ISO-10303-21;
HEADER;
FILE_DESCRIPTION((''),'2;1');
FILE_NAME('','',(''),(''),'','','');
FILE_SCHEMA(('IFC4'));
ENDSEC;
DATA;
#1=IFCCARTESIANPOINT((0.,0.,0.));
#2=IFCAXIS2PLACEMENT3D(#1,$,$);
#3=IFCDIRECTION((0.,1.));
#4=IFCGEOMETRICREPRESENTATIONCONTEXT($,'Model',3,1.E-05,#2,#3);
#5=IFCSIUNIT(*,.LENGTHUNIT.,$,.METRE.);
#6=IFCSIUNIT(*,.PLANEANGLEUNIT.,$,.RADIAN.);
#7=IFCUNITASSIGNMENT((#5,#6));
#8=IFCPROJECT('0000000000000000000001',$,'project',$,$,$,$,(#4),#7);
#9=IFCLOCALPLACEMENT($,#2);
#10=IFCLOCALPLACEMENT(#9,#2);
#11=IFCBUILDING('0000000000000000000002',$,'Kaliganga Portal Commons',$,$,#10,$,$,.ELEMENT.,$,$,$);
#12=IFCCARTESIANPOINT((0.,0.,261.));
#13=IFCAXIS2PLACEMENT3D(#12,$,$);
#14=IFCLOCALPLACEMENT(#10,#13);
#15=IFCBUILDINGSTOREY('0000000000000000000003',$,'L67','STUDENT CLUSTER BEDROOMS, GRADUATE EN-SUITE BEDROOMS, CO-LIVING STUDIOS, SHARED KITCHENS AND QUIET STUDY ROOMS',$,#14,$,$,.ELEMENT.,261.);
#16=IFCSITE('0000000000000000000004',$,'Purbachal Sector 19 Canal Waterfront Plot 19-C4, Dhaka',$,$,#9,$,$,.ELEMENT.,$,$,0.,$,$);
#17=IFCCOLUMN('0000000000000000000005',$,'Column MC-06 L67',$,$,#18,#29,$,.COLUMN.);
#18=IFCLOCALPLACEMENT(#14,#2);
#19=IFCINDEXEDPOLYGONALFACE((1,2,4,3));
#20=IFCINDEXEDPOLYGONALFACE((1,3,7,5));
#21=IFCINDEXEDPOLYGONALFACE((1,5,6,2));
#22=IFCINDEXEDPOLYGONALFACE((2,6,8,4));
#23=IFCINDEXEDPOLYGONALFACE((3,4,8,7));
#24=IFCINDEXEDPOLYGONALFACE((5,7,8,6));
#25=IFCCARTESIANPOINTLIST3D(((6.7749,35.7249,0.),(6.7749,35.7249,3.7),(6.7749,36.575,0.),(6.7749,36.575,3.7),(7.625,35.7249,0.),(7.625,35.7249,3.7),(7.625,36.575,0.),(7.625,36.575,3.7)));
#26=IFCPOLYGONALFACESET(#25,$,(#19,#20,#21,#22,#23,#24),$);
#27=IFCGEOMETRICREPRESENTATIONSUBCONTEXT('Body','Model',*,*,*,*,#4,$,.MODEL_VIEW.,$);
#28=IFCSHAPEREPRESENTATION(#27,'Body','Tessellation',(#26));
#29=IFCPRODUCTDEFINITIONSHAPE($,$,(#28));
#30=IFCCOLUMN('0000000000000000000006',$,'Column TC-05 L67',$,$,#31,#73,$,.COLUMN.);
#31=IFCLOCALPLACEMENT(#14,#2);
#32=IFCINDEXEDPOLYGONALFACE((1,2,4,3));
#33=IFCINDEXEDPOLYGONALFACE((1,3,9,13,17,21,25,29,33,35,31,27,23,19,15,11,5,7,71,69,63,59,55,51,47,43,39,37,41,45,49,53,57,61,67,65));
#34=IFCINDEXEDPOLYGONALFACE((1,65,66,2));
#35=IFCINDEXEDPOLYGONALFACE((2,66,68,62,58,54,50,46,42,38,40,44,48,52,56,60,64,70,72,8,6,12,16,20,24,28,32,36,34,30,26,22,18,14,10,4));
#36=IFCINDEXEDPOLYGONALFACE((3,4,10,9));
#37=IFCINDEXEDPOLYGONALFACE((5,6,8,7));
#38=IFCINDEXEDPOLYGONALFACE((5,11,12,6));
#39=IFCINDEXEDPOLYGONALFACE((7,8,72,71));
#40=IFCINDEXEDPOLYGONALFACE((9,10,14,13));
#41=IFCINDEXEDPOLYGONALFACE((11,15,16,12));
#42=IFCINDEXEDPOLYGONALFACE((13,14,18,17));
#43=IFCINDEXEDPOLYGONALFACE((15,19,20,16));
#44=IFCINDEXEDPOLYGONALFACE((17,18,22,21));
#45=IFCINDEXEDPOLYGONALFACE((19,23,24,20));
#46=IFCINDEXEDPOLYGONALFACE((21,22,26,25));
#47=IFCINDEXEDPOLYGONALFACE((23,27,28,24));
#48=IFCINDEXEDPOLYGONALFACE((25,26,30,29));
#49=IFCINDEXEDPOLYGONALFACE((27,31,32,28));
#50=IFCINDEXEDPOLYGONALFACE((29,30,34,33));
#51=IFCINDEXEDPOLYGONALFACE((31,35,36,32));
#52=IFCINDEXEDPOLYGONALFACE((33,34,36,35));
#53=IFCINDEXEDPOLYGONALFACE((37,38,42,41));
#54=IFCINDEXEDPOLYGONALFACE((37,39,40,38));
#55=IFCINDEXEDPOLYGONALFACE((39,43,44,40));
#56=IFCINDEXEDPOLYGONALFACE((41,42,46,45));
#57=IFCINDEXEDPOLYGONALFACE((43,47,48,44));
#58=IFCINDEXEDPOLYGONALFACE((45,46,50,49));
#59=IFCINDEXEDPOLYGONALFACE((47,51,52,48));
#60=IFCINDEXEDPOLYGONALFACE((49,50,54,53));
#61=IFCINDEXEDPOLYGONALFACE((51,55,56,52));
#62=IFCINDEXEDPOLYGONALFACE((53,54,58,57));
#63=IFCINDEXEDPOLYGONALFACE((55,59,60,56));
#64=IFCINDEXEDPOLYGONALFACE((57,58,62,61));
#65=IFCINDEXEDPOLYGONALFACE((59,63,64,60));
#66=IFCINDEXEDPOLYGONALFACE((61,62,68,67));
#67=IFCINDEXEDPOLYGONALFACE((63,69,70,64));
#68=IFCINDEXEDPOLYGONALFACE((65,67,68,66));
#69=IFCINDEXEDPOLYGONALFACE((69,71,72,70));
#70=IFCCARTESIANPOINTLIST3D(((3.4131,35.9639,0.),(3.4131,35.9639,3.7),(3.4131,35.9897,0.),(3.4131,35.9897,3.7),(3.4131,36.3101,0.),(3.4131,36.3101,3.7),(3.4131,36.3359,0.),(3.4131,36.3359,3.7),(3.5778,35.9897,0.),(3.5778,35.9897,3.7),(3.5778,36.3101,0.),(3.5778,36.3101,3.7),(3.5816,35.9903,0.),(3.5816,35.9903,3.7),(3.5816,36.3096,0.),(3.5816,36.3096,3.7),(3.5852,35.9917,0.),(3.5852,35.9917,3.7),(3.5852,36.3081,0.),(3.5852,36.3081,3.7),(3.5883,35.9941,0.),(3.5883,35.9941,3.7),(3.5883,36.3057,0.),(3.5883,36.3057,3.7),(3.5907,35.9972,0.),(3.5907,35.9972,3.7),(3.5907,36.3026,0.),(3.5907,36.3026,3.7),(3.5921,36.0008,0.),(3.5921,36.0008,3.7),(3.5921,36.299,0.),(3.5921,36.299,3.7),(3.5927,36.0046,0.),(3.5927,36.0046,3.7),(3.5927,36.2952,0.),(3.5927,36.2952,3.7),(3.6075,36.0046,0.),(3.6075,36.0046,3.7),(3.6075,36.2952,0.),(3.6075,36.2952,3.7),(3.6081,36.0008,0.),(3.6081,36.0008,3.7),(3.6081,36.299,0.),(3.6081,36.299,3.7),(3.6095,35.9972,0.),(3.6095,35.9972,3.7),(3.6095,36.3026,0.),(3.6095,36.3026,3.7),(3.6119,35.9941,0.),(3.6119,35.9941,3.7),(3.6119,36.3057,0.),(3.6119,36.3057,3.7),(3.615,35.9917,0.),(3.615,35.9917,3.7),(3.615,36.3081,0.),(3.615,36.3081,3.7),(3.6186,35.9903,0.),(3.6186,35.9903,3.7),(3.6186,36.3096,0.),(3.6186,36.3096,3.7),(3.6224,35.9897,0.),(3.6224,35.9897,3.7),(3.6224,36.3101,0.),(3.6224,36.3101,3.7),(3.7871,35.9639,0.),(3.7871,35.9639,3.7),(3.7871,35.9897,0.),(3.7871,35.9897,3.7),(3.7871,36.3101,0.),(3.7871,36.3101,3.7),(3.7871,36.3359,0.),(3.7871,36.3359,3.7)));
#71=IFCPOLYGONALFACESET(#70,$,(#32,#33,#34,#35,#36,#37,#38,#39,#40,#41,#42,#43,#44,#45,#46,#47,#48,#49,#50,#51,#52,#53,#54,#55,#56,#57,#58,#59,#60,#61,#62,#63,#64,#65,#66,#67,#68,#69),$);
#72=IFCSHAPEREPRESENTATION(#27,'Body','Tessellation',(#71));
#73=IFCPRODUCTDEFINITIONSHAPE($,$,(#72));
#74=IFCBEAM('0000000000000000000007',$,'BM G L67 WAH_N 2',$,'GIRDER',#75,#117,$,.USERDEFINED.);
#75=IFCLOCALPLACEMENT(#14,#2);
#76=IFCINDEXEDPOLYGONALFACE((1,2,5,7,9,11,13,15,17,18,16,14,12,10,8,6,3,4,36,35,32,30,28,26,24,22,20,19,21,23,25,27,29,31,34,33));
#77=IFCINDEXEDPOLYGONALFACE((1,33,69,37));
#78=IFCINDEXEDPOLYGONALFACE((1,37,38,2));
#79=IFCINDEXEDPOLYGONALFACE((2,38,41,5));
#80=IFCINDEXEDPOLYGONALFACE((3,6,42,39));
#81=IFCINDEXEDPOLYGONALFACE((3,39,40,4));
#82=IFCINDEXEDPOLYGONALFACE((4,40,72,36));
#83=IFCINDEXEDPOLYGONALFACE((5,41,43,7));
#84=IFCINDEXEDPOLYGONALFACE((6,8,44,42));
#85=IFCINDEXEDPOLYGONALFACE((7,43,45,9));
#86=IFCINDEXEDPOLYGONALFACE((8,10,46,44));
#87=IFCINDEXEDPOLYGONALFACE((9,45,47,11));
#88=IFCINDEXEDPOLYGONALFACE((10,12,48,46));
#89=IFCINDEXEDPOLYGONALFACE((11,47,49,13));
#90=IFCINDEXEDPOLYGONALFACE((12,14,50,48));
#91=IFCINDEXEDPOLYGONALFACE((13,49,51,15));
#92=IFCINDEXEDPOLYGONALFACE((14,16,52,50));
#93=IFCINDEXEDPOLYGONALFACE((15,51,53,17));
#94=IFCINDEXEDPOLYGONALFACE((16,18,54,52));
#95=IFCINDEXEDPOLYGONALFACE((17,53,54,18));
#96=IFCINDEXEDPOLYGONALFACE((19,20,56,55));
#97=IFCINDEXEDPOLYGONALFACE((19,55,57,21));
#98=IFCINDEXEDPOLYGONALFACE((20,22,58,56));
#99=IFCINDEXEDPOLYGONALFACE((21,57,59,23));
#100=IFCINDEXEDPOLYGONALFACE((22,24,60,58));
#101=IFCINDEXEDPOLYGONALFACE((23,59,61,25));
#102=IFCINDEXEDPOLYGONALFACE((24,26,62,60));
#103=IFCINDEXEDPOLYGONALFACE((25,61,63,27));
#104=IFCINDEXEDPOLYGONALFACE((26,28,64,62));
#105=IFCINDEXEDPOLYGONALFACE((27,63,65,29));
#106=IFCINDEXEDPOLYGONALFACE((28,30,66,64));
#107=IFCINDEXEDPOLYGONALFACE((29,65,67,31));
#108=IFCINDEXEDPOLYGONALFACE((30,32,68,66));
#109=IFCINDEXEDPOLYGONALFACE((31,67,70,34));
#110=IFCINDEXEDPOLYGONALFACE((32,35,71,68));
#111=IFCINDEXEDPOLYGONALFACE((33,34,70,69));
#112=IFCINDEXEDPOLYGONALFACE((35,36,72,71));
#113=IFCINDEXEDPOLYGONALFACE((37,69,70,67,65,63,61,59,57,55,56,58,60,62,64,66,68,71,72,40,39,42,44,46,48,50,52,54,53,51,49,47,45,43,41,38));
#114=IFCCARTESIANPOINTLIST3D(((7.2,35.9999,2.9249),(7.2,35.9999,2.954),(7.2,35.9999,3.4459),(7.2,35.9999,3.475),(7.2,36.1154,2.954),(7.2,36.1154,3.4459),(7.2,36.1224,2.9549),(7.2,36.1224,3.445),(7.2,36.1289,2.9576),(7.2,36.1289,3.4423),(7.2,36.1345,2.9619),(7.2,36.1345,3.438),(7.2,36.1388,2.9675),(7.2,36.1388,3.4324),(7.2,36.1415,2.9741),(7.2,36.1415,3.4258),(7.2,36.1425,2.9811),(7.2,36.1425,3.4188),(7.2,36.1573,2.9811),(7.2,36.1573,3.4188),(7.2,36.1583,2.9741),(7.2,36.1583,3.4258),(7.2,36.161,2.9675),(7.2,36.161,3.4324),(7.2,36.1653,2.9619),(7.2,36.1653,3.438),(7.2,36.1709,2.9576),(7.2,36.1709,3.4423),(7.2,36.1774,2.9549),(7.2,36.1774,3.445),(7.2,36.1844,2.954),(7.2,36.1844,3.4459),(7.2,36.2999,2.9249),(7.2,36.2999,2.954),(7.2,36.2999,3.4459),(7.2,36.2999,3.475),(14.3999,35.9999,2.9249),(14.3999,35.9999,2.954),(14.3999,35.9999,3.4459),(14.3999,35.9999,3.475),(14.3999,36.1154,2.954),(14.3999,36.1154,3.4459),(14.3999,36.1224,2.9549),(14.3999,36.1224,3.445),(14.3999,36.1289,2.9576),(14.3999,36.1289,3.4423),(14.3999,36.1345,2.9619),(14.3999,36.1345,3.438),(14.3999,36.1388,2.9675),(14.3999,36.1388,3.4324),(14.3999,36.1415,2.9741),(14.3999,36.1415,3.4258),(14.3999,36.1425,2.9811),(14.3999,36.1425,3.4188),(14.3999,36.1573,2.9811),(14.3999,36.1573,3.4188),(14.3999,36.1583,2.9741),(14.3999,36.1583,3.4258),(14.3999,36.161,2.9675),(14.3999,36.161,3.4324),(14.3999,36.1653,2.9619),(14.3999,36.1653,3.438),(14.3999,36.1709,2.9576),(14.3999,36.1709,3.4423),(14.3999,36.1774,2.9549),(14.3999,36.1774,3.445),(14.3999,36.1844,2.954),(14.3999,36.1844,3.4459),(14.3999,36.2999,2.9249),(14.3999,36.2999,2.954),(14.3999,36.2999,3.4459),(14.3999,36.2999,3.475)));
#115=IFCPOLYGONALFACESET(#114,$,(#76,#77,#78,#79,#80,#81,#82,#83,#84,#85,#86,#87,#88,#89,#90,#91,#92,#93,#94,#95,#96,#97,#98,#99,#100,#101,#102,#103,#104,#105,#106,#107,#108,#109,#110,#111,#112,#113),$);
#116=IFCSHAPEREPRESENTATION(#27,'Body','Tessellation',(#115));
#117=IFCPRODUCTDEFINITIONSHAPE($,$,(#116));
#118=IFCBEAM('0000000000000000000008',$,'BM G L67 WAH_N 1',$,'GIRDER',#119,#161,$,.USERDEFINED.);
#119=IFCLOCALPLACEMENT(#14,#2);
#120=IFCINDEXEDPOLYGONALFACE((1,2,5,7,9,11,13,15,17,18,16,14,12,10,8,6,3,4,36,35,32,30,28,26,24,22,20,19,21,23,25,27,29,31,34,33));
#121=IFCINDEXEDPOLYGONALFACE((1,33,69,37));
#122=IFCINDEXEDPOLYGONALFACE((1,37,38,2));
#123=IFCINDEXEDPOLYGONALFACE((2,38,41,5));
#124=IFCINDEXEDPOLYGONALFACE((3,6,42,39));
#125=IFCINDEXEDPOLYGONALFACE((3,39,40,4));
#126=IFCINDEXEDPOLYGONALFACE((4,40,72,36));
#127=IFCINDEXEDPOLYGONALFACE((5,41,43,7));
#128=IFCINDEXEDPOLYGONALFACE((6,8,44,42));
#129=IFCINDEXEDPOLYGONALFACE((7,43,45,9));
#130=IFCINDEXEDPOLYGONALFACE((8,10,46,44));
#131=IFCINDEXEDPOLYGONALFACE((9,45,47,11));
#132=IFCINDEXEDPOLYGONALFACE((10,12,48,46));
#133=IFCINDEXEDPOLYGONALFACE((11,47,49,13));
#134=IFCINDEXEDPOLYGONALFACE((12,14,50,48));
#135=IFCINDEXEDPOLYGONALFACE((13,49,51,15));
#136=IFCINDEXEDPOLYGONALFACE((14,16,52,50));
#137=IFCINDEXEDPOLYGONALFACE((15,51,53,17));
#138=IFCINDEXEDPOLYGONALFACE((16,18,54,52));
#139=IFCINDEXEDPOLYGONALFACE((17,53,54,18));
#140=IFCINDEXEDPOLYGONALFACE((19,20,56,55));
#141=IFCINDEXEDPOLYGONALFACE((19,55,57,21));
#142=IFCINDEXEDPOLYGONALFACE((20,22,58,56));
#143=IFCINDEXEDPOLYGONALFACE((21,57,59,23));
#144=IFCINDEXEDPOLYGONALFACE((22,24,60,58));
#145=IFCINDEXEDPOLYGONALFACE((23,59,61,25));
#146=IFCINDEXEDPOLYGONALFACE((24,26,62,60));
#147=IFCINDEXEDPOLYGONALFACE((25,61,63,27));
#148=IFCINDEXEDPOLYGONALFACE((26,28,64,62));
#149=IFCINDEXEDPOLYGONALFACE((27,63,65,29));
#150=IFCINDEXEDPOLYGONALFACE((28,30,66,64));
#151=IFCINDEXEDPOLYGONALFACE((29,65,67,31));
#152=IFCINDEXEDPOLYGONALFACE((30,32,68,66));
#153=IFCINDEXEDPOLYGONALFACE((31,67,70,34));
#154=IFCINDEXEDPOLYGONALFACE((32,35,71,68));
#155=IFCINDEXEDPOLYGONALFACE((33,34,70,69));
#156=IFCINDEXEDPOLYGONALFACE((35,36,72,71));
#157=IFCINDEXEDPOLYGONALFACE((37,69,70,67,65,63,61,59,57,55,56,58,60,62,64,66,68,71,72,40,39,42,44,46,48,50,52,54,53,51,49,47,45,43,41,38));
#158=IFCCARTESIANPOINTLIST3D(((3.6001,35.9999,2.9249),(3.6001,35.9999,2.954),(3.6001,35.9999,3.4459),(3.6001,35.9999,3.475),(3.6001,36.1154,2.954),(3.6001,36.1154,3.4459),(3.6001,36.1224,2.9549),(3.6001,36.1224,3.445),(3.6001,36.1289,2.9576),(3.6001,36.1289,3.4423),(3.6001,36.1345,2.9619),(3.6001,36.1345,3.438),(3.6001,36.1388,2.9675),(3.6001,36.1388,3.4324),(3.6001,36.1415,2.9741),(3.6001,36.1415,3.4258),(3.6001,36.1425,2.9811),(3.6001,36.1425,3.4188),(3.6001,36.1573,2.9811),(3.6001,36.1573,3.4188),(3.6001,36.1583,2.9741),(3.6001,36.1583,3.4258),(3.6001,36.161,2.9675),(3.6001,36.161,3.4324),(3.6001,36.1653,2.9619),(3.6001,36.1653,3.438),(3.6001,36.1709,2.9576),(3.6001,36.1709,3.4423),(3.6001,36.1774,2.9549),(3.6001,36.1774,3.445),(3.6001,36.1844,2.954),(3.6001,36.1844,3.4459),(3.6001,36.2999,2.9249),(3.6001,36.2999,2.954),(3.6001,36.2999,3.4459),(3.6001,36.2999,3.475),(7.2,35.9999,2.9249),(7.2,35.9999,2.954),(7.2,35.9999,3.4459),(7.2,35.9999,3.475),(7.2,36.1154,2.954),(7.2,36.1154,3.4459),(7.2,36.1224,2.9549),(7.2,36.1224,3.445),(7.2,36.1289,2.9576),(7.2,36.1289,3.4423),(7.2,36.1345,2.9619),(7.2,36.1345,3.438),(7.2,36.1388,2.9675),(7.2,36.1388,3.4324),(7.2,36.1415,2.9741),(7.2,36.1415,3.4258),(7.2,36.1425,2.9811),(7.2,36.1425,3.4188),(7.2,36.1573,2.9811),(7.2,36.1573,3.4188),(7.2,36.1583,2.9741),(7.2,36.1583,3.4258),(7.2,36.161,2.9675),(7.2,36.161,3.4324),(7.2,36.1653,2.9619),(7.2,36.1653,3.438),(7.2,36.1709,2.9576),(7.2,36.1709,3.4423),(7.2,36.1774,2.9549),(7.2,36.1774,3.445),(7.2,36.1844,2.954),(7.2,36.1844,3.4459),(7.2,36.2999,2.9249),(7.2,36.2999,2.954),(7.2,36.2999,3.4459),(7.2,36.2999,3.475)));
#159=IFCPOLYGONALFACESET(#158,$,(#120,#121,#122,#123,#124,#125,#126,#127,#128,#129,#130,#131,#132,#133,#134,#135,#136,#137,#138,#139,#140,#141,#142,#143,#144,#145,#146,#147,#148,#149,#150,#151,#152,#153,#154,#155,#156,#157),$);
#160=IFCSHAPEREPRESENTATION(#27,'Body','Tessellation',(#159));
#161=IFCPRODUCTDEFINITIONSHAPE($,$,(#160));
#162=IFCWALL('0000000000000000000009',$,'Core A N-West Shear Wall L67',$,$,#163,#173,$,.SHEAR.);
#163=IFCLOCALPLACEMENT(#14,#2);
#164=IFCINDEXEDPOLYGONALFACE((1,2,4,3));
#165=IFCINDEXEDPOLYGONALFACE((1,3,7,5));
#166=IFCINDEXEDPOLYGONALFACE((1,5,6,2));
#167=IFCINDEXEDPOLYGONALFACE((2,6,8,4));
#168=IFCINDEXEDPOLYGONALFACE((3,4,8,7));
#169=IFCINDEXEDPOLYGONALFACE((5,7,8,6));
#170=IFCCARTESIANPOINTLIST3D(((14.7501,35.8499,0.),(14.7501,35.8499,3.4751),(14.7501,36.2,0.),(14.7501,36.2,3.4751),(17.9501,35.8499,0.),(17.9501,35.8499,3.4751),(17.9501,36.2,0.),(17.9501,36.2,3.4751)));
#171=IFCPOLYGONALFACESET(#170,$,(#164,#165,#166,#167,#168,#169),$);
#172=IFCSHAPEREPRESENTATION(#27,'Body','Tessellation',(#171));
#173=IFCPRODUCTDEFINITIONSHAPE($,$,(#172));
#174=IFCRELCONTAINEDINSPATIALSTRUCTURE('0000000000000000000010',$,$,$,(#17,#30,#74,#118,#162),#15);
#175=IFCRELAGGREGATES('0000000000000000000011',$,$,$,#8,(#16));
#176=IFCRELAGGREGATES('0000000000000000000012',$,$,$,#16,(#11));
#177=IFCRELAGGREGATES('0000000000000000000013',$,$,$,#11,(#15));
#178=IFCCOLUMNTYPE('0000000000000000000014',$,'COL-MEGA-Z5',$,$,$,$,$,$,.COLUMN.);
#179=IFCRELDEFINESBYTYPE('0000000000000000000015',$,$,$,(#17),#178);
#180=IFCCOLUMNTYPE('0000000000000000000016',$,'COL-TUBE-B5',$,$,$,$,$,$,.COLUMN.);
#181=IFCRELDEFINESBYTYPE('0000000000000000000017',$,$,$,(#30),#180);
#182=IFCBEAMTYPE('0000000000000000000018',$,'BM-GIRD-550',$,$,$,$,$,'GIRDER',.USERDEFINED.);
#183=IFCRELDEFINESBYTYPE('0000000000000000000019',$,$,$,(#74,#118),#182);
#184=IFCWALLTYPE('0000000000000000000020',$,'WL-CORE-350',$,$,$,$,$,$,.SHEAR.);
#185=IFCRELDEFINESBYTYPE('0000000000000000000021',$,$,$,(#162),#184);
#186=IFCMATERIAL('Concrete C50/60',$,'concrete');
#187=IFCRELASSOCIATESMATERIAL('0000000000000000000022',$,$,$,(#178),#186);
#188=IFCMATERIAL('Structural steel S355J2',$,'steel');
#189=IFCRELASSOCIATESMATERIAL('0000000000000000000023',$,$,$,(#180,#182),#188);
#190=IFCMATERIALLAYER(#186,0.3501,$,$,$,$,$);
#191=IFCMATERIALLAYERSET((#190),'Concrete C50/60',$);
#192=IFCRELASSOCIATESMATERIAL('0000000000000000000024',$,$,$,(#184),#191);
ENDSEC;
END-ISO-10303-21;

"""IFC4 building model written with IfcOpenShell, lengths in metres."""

from ifc_helpers import new_model, si_unit, direction, frame, frame_2d, origin, origin_2d, place, context, subcontext, project, spatial, rectangle, i_section, extrude, source, transform, mapped, material, layer, layer_set, material_profile, profile_set, type_object, element, save


model = new_model("IFC4")

# Units and contexts
model_context = context("Model", 3, precision=1e-05, world=origin(), true_north=direction((0.0, 1.0)))
body_context = subcontext(model_context, "Body", "Model", "MODEL_VIEW")
ifc_project = project(units=[si_unit("LENGTHUNIT", "METRE"), si_unit("PLANEANGLEUNIT", "RADIAN")], contexts=[model_context])

# Site, building, storey
site_placement = place(None, origin())
site = spatial("IfcSite", under=ifc_project, at=site_placement, Name="Purbachal Sector 19 Canal Waterfront Plot 19-C4, Dhaka", CompositionType="ELEMENT", RefElevation=0.0)
building_placement = place(site_placement, origin())
building = spatial("IfcBuilding", under=site, at=building_placement, Name="Kaliganga Portal Commons", CompositionType="ELEMENT")
storey_placement = place(building_placement, frame((0.0, 0.0, 261.0)))
storey = spatial("IfcBuildingStorey", under=building, at=storey_placement, Name="L67", Description="STUDENT CLUSTER BEDROOMS, GRADUATE EN-SUITE BEDROOMS, CO-LIVING STUDIOS, SHARED KITCHENS AND QUIET STUDY ROOMS", CompositionType="ELEMENT", Elevation=261.0)

# Columns
ifc_material_1 = material(Name="Concrete C50/60", Category="concrete")
ifc_material_profile_1 = material_profile(ifc_material_1, rectangle(XDim=0.8501, YDim=0.8501, at=origin_2d()), Name="RC 850x850")
ifc_profile_set_1 = profile_set([ifc_material_profile_1], Name="Concrete C50/60")
column_type_1 = type_object("IfcColumnType", Name="COL-MEGA-Z5", PredefinedType="COLUMN", material=ifc_profile_set_1)
shared_shape_1 = source(origin(), body_context, "Body", "SweptSolid", [
    extrude(rectangle(XDim=0.8501, YDim=0.8501, at=origin_2d()), origin(), (0.0, 0.0, 1.0), 3.7),
])
column_1_placement = place(storey_placement, frame((7.2, 36.1499, 0.0), z_axis=(0.0, 0.0, 1.0), x_axis=(1.0, 0.0, 0.0)))
element("IfcColumn", 1, at=column_1_placement, inside=storey, type_object=column_type_1, Name="Column MC-06 L67", PredefinedType="COLUMN", context=body_context, shape_type="MappedRepresentation", body=[
    mapped(shared_shape_1, transform((0.0, 0.0, 0.0), x_axis=(1.0, 0.0, 0.0), y_axis=(0.0, 1.0, 0.0), z_axis=(0.0, 0.0, 1.0), scale=1.0)),
])
ifc_material_2 = material(Name="Structural steel S355J2", Category="steel")
ifc_material_profile_2 = material_profile(ifc_material_2, i_section(OverallWidth=0.374, OverallDepth=0.3721, WebThickness=0.0149, FlangeThickness=0.0259, FilletRadius=0.0149, at=origin_2d()), Name="HD 360x196")
ifc_profile_set_2 = profile_set([ifc_material_profile_2], Name="Structural steel S355J2 wide-flange")
column_type_2 = type_object("IfcColumnType", Name="COL-TUBE-B5", PredefinedType="COLUMN", material=ifc_profile_set_2)
shared_shape_2 = source(origin(), body_context, "Body", "SweptSolid", [
    extrude(i_section(OverallWidth=0.374, OverallDepth=0.3721, WebThickness=0.0149, FlangeThickness=0.0259, FilletRadius=0.0149, at=origin_2d()), origin(), (0.0, 0.0, 1.0), 3.7),
])
column_2_placement = place(storey_placement, frame((3.6001, 36.1499, 0.0), z_axis=(0.0, 0.0, 1.0), x_axis=(1.0, 0.0, 0.0)))
element("IfcColumn", 2, at=column_2_placement, inside=storey, type_object=column_type_2, Name="Column TC-05 L67", PredefinedType="COLUMN", context=body_context, shape_type="MappedRepresentation", body=[
    mapped(shared_shape_2, transform((0.0, 0.0, 0.0), x_axis=(1.0, 0.0, 0.0), y_axis=(0.0, 1.0, 0.0), z_axis=(0.0, 0.0, 1.0), scale=1.0)),
])

# Beams
ifc_material_profile_3 = material_profile(ifc_material_2, i_section(OverallWidth=0.3, OverallDepth=0.55, WebThickness=0.0149, FlangeThickness=0.0291, FilletRadius=0.0271, at=origin_2d()), Name="HE 550 B")
ifc_profile_set_3 = profile_set([ifc_material_profile_3], Name="Structural steel S355J2 wide-flange")
beam_type = type_object("IfcBeamType", Name="BM-GIRD-550", ElementType="GIRDER", PredefinedType="USERDEFINED", material=ifc_profile_set_3)
shared_shape_3 = source(origin(), body_context, "Body", "SweptSolid", [
    extrude(i_section(OverallWidth=0.3, OverallDepth=0.55, WebThickness=0.0149, FlangeThickness=0.0291, FilletRadius=0.0271, at=origin_2d()), origin(), (0.0, 0.0, 1.0), 7.2),
])
beam_1_placement = place(storey_placement, frame((7.2, 36.1499, 3.2), z_axis=(1.0, 0.0, 0.0), x_axis=(0.0, 1.0, 0.0)))
element("IfcBeam", 3, at=beam_1_placement, inside=storey, type_object=beam_type, Name="BM G L67 WAH_N 2", ObjectType="GIRDER", PredefinedType="USERDEFINED", context=body_context, shape_type="MappedRepresentation", body=[
    mapped(shared_shape_3, transform((0.0, 0.0, 0.0), x_axis=(1.0, 0.0, 0.0), y_axis=(0.0, 1.0, 0.0), z_axis=(0.0, 0.0, 1.0), scale=1.0)),
])
shared_shape_4 = source(origin(), body_context, "Body", "SweptSolid", [
    extrude(i_section(OverallWidth=0.3, OverallDepth=0.55, WebThickness=0.0149, FlangeThickness=0.0291, FilletRadius=0.0271, at=origin_2d()), origin(), (0.0, 0.0, 1.0), 3.5999),
])
beam_2_placement = place(storey_placement, frame((3.6001, 36.1499, 3.2), z_axis=(1.0, 0.0, 0.0), x_axis=(0.0, 1.0, 0.0)))
element("IfcBeam", 4, at=beam_2_placement, inside=storey, type_object=beam_type, Name="BM G L67 WAH_N 1", ObjectType="GIRDER", PredefinedType="USERDEFINED", context=body_context, shape_type="MappedRepresentation", body=[
    mapped(shared_shape_4, transform((0.0, 0.0, 0.0), x_axis=(1.0, 0.0, 0.0), y_axis=(0.0, 1.0, 0.0), z_axis=(0.0, 0.0, 1.0), scale=1.0)),
])

# Wall
ifc_layer_1 = layer(ifc_material_1, 0.3501)
ifc_layer_set_1 = layer_set([ifc_layer_1], Name="Concrete C50/60")
wall_type_1 = type_object("IfcWallType", Name="WL-CORE-350", PredefinedType="SHEAR", material=ifc_layer_set_1)
wall_1_placement = place(storey_placement, frame((14.75, 36.0249, 0.0), z_axis=(0.0, 0.0, 1.0), x_axis=(1.0, 0.0, 0.0)))
element("IfcWall", 5, at=wall_1_placement, inside=storey, type_object=wall_type_1, Name="Core A N-West Shear Wall L67", PredefinedType="SHEAR", context=body_context, shape_type="SweptSolid", body=[
    extrude(rectangle(XDim=3.2, YDim=0.3501, at=frame_2d((1.6001, 0.0))), origin(), (0.0, 0.0, 1.0), 3.4751),
])

save(model, "model.ifc")
